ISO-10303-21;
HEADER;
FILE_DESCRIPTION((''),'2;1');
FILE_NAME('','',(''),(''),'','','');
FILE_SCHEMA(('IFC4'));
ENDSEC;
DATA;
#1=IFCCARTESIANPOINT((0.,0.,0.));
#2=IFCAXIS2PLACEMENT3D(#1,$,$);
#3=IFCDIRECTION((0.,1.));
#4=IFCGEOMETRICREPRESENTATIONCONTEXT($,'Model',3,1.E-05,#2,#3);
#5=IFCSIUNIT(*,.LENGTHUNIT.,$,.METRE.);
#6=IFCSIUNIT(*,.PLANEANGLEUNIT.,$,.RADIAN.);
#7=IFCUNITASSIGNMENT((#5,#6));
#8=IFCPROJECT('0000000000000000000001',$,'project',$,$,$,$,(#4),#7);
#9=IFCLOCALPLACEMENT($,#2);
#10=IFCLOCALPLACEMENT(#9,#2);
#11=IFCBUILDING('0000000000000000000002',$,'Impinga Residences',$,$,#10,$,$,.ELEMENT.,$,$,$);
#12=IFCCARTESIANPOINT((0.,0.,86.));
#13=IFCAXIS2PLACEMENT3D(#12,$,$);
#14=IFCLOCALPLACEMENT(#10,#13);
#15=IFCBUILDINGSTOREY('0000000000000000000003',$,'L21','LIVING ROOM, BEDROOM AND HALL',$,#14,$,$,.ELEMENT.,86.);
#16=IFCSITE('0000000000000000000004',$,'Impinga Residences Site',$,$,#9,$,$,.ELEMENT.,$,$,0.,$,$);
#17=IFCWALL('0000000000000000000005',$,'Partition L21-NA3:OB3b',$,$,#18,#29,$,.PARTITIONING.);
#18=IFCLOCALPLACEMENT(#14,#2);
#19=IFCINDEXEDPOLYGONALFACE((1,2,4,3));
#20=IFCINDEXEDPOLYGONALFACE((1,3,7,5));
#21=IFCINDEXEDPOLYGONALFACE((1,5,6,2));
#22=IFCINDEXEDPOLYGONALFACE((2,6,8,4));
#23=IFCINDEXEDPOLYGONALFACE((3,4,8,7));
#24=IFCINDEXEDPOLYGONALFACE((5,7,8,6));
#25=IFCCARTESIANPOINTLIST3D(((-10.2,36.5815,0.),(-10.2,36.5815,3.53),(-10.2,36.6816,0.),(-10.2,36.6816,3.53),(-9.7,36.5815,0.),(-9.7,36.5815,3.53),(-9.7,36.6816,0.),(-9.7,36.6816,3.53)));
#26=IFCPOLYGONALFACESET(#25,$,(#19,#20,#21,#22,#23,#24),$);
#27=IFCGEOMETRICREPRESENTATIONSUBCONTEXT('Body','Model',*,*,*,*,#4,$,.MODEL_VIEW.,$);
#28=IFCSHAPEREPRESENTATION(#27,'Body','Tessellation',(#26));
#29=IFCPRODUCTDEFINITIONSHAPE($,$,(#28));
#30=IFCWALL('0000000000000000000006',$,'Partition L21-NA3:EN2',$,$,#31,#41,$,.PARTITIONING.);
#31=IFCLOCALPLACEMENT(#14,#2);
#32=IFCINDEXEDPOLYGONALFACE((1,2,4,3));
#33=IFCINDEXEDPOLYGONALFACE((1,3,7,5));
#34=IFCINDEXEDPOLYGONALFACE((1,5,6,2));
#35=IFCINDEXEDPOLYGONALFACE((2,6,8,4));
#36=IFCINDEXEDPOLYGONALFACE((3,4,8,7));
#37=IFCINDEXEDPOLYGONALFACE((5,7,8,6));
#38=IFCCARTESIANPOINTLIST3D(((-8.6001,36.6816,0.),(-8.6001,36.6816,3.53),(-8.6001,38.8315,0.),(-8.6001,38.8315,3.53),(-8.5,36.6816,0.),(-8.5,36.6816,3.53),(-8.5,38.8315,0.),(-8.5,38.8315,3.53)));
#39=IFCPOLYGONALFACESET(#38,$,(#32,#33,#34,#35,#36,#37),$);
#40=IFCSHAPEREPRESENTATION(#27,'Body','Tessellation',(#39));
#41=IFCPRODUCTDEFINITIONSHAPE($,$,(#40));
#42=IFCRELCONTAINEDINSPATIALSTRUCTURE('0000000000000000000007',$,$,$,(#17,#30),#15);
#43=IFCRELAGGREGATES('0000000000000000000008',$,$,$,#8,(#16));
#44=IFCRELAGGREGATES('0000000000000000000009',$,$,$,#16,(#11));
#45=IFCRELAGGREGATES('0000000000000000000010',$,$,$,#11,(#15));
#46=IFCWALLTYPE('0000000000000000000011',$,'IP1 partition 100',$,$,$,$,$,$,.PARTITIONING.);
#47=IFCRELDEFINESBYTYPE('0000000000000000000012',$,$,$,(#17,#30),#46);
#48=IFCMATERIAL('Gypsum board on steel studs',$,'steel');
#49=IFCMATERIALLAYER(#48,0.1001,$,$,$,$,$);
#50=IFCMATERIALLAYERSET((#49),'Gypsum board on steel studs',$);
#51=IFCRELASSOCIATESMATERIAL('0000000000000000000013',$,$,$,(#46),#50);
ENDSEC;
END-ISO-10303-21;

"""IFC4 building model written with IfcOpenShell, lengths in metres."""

from ifc_helpers import new_model, si_unit, direction, frame, frame_2d, origin, place, context, subcontext, project, spatial, rectangle, extrude, material, layer, layer_set, type_object, element, save


model = new_model("IFC4")

# Units and contexts
model_context = context("Model", 3, precision=1e-05, world=origin(), true_north=direction((0.0, 1.0)))
body_context = subcontext(model_context, "Body", "Model", "MODEL_VIEW")
ifc_project = project(units=[si_unit("LENGTHUNIT", "METRE"), si_unit("PLANEANGLEUNIT", "RADIAN")], contexts=[model_context])

# Site, building, storey
site_placement = place(None, origin())
site = spatial("IfcSite", under=ifc_project, at=site_placement, Name="Impinga Residences Site", CompositionType="ELEMENT", RefElevation=0.0)
building_placement = place(site_placement, origin())
building = spatial("IfcBuilding", under=site, at=building_placement, Name="Impinga Residences", CompositionType="ELEMENT")
storey_placement = place(building_placement, frame((0.0, 0.0, 86.0)))
storey = spatial("IfcBuildingStorey", under=building, at=storey_placement, Name="L21", Description="LIVING ROOM, BEDROOM AND HALL", CompositionType="ELEMENT", Elevation=86.0)

# Shared definitions
ifc_material_1 = material(Name="Gypsum board on steel studs", Category="steel")
ifc_layer_1 = layer(ifc_material_1, 0.1001)
ifc_layer_set_1 = layer_set([ifc_layer_1], Name="Gypsum board on steel studs")
wall_type_1 = type_object("IfcWallType", Name="IP1 partition 100", PredefinedType="PARTITIONING", material=ifc_layer_set_1)

# Walls
wall_1_placement = place(storey_placement, frame((-9.7, 36.6316, 0.0), z_axis=(0.0, 0.0, 1.0), x_axis=(-1.0, 0.0, 0.0)))
element("IfcWall", 1, at=wall_1_placement, inside=storey, type_object=wall_type_1, Name="Partition L21-NA3:OB3b", PredefinedType="PARTITIONING", context=body_context, shape_type="SweptSolid", body=[
    extrude(rectangle(XDim=0.5, YDim=0.1001, at=frame_2d((0.25, 0.0))), origin(), (0.0, 0.0, 1.0), 3.53),
])
wall_2_placement = place(storey_placement, frame((-8.55, 36.6816, 0.0), z_axis=(0.0, 0.0, 1.0), x_axis=(0.0, 1.0, 0.0)))
element("IfcWall", 2, at=wall_2_placement, inside=storey, type_object=wall_type_1, Name="Partition L21-NA3:EN2", PredefinedType="PARTITIONING", context=body_context, shape_type="SweptSolid", body=[
    extrude(rectangle(XDim=2.1499, YDim=0.1001, at=frame_2d((1.075, 0.0))), origin(), (0.0, 0.0, 1.0), 3.53),
])

save(model, "model.ifc")
